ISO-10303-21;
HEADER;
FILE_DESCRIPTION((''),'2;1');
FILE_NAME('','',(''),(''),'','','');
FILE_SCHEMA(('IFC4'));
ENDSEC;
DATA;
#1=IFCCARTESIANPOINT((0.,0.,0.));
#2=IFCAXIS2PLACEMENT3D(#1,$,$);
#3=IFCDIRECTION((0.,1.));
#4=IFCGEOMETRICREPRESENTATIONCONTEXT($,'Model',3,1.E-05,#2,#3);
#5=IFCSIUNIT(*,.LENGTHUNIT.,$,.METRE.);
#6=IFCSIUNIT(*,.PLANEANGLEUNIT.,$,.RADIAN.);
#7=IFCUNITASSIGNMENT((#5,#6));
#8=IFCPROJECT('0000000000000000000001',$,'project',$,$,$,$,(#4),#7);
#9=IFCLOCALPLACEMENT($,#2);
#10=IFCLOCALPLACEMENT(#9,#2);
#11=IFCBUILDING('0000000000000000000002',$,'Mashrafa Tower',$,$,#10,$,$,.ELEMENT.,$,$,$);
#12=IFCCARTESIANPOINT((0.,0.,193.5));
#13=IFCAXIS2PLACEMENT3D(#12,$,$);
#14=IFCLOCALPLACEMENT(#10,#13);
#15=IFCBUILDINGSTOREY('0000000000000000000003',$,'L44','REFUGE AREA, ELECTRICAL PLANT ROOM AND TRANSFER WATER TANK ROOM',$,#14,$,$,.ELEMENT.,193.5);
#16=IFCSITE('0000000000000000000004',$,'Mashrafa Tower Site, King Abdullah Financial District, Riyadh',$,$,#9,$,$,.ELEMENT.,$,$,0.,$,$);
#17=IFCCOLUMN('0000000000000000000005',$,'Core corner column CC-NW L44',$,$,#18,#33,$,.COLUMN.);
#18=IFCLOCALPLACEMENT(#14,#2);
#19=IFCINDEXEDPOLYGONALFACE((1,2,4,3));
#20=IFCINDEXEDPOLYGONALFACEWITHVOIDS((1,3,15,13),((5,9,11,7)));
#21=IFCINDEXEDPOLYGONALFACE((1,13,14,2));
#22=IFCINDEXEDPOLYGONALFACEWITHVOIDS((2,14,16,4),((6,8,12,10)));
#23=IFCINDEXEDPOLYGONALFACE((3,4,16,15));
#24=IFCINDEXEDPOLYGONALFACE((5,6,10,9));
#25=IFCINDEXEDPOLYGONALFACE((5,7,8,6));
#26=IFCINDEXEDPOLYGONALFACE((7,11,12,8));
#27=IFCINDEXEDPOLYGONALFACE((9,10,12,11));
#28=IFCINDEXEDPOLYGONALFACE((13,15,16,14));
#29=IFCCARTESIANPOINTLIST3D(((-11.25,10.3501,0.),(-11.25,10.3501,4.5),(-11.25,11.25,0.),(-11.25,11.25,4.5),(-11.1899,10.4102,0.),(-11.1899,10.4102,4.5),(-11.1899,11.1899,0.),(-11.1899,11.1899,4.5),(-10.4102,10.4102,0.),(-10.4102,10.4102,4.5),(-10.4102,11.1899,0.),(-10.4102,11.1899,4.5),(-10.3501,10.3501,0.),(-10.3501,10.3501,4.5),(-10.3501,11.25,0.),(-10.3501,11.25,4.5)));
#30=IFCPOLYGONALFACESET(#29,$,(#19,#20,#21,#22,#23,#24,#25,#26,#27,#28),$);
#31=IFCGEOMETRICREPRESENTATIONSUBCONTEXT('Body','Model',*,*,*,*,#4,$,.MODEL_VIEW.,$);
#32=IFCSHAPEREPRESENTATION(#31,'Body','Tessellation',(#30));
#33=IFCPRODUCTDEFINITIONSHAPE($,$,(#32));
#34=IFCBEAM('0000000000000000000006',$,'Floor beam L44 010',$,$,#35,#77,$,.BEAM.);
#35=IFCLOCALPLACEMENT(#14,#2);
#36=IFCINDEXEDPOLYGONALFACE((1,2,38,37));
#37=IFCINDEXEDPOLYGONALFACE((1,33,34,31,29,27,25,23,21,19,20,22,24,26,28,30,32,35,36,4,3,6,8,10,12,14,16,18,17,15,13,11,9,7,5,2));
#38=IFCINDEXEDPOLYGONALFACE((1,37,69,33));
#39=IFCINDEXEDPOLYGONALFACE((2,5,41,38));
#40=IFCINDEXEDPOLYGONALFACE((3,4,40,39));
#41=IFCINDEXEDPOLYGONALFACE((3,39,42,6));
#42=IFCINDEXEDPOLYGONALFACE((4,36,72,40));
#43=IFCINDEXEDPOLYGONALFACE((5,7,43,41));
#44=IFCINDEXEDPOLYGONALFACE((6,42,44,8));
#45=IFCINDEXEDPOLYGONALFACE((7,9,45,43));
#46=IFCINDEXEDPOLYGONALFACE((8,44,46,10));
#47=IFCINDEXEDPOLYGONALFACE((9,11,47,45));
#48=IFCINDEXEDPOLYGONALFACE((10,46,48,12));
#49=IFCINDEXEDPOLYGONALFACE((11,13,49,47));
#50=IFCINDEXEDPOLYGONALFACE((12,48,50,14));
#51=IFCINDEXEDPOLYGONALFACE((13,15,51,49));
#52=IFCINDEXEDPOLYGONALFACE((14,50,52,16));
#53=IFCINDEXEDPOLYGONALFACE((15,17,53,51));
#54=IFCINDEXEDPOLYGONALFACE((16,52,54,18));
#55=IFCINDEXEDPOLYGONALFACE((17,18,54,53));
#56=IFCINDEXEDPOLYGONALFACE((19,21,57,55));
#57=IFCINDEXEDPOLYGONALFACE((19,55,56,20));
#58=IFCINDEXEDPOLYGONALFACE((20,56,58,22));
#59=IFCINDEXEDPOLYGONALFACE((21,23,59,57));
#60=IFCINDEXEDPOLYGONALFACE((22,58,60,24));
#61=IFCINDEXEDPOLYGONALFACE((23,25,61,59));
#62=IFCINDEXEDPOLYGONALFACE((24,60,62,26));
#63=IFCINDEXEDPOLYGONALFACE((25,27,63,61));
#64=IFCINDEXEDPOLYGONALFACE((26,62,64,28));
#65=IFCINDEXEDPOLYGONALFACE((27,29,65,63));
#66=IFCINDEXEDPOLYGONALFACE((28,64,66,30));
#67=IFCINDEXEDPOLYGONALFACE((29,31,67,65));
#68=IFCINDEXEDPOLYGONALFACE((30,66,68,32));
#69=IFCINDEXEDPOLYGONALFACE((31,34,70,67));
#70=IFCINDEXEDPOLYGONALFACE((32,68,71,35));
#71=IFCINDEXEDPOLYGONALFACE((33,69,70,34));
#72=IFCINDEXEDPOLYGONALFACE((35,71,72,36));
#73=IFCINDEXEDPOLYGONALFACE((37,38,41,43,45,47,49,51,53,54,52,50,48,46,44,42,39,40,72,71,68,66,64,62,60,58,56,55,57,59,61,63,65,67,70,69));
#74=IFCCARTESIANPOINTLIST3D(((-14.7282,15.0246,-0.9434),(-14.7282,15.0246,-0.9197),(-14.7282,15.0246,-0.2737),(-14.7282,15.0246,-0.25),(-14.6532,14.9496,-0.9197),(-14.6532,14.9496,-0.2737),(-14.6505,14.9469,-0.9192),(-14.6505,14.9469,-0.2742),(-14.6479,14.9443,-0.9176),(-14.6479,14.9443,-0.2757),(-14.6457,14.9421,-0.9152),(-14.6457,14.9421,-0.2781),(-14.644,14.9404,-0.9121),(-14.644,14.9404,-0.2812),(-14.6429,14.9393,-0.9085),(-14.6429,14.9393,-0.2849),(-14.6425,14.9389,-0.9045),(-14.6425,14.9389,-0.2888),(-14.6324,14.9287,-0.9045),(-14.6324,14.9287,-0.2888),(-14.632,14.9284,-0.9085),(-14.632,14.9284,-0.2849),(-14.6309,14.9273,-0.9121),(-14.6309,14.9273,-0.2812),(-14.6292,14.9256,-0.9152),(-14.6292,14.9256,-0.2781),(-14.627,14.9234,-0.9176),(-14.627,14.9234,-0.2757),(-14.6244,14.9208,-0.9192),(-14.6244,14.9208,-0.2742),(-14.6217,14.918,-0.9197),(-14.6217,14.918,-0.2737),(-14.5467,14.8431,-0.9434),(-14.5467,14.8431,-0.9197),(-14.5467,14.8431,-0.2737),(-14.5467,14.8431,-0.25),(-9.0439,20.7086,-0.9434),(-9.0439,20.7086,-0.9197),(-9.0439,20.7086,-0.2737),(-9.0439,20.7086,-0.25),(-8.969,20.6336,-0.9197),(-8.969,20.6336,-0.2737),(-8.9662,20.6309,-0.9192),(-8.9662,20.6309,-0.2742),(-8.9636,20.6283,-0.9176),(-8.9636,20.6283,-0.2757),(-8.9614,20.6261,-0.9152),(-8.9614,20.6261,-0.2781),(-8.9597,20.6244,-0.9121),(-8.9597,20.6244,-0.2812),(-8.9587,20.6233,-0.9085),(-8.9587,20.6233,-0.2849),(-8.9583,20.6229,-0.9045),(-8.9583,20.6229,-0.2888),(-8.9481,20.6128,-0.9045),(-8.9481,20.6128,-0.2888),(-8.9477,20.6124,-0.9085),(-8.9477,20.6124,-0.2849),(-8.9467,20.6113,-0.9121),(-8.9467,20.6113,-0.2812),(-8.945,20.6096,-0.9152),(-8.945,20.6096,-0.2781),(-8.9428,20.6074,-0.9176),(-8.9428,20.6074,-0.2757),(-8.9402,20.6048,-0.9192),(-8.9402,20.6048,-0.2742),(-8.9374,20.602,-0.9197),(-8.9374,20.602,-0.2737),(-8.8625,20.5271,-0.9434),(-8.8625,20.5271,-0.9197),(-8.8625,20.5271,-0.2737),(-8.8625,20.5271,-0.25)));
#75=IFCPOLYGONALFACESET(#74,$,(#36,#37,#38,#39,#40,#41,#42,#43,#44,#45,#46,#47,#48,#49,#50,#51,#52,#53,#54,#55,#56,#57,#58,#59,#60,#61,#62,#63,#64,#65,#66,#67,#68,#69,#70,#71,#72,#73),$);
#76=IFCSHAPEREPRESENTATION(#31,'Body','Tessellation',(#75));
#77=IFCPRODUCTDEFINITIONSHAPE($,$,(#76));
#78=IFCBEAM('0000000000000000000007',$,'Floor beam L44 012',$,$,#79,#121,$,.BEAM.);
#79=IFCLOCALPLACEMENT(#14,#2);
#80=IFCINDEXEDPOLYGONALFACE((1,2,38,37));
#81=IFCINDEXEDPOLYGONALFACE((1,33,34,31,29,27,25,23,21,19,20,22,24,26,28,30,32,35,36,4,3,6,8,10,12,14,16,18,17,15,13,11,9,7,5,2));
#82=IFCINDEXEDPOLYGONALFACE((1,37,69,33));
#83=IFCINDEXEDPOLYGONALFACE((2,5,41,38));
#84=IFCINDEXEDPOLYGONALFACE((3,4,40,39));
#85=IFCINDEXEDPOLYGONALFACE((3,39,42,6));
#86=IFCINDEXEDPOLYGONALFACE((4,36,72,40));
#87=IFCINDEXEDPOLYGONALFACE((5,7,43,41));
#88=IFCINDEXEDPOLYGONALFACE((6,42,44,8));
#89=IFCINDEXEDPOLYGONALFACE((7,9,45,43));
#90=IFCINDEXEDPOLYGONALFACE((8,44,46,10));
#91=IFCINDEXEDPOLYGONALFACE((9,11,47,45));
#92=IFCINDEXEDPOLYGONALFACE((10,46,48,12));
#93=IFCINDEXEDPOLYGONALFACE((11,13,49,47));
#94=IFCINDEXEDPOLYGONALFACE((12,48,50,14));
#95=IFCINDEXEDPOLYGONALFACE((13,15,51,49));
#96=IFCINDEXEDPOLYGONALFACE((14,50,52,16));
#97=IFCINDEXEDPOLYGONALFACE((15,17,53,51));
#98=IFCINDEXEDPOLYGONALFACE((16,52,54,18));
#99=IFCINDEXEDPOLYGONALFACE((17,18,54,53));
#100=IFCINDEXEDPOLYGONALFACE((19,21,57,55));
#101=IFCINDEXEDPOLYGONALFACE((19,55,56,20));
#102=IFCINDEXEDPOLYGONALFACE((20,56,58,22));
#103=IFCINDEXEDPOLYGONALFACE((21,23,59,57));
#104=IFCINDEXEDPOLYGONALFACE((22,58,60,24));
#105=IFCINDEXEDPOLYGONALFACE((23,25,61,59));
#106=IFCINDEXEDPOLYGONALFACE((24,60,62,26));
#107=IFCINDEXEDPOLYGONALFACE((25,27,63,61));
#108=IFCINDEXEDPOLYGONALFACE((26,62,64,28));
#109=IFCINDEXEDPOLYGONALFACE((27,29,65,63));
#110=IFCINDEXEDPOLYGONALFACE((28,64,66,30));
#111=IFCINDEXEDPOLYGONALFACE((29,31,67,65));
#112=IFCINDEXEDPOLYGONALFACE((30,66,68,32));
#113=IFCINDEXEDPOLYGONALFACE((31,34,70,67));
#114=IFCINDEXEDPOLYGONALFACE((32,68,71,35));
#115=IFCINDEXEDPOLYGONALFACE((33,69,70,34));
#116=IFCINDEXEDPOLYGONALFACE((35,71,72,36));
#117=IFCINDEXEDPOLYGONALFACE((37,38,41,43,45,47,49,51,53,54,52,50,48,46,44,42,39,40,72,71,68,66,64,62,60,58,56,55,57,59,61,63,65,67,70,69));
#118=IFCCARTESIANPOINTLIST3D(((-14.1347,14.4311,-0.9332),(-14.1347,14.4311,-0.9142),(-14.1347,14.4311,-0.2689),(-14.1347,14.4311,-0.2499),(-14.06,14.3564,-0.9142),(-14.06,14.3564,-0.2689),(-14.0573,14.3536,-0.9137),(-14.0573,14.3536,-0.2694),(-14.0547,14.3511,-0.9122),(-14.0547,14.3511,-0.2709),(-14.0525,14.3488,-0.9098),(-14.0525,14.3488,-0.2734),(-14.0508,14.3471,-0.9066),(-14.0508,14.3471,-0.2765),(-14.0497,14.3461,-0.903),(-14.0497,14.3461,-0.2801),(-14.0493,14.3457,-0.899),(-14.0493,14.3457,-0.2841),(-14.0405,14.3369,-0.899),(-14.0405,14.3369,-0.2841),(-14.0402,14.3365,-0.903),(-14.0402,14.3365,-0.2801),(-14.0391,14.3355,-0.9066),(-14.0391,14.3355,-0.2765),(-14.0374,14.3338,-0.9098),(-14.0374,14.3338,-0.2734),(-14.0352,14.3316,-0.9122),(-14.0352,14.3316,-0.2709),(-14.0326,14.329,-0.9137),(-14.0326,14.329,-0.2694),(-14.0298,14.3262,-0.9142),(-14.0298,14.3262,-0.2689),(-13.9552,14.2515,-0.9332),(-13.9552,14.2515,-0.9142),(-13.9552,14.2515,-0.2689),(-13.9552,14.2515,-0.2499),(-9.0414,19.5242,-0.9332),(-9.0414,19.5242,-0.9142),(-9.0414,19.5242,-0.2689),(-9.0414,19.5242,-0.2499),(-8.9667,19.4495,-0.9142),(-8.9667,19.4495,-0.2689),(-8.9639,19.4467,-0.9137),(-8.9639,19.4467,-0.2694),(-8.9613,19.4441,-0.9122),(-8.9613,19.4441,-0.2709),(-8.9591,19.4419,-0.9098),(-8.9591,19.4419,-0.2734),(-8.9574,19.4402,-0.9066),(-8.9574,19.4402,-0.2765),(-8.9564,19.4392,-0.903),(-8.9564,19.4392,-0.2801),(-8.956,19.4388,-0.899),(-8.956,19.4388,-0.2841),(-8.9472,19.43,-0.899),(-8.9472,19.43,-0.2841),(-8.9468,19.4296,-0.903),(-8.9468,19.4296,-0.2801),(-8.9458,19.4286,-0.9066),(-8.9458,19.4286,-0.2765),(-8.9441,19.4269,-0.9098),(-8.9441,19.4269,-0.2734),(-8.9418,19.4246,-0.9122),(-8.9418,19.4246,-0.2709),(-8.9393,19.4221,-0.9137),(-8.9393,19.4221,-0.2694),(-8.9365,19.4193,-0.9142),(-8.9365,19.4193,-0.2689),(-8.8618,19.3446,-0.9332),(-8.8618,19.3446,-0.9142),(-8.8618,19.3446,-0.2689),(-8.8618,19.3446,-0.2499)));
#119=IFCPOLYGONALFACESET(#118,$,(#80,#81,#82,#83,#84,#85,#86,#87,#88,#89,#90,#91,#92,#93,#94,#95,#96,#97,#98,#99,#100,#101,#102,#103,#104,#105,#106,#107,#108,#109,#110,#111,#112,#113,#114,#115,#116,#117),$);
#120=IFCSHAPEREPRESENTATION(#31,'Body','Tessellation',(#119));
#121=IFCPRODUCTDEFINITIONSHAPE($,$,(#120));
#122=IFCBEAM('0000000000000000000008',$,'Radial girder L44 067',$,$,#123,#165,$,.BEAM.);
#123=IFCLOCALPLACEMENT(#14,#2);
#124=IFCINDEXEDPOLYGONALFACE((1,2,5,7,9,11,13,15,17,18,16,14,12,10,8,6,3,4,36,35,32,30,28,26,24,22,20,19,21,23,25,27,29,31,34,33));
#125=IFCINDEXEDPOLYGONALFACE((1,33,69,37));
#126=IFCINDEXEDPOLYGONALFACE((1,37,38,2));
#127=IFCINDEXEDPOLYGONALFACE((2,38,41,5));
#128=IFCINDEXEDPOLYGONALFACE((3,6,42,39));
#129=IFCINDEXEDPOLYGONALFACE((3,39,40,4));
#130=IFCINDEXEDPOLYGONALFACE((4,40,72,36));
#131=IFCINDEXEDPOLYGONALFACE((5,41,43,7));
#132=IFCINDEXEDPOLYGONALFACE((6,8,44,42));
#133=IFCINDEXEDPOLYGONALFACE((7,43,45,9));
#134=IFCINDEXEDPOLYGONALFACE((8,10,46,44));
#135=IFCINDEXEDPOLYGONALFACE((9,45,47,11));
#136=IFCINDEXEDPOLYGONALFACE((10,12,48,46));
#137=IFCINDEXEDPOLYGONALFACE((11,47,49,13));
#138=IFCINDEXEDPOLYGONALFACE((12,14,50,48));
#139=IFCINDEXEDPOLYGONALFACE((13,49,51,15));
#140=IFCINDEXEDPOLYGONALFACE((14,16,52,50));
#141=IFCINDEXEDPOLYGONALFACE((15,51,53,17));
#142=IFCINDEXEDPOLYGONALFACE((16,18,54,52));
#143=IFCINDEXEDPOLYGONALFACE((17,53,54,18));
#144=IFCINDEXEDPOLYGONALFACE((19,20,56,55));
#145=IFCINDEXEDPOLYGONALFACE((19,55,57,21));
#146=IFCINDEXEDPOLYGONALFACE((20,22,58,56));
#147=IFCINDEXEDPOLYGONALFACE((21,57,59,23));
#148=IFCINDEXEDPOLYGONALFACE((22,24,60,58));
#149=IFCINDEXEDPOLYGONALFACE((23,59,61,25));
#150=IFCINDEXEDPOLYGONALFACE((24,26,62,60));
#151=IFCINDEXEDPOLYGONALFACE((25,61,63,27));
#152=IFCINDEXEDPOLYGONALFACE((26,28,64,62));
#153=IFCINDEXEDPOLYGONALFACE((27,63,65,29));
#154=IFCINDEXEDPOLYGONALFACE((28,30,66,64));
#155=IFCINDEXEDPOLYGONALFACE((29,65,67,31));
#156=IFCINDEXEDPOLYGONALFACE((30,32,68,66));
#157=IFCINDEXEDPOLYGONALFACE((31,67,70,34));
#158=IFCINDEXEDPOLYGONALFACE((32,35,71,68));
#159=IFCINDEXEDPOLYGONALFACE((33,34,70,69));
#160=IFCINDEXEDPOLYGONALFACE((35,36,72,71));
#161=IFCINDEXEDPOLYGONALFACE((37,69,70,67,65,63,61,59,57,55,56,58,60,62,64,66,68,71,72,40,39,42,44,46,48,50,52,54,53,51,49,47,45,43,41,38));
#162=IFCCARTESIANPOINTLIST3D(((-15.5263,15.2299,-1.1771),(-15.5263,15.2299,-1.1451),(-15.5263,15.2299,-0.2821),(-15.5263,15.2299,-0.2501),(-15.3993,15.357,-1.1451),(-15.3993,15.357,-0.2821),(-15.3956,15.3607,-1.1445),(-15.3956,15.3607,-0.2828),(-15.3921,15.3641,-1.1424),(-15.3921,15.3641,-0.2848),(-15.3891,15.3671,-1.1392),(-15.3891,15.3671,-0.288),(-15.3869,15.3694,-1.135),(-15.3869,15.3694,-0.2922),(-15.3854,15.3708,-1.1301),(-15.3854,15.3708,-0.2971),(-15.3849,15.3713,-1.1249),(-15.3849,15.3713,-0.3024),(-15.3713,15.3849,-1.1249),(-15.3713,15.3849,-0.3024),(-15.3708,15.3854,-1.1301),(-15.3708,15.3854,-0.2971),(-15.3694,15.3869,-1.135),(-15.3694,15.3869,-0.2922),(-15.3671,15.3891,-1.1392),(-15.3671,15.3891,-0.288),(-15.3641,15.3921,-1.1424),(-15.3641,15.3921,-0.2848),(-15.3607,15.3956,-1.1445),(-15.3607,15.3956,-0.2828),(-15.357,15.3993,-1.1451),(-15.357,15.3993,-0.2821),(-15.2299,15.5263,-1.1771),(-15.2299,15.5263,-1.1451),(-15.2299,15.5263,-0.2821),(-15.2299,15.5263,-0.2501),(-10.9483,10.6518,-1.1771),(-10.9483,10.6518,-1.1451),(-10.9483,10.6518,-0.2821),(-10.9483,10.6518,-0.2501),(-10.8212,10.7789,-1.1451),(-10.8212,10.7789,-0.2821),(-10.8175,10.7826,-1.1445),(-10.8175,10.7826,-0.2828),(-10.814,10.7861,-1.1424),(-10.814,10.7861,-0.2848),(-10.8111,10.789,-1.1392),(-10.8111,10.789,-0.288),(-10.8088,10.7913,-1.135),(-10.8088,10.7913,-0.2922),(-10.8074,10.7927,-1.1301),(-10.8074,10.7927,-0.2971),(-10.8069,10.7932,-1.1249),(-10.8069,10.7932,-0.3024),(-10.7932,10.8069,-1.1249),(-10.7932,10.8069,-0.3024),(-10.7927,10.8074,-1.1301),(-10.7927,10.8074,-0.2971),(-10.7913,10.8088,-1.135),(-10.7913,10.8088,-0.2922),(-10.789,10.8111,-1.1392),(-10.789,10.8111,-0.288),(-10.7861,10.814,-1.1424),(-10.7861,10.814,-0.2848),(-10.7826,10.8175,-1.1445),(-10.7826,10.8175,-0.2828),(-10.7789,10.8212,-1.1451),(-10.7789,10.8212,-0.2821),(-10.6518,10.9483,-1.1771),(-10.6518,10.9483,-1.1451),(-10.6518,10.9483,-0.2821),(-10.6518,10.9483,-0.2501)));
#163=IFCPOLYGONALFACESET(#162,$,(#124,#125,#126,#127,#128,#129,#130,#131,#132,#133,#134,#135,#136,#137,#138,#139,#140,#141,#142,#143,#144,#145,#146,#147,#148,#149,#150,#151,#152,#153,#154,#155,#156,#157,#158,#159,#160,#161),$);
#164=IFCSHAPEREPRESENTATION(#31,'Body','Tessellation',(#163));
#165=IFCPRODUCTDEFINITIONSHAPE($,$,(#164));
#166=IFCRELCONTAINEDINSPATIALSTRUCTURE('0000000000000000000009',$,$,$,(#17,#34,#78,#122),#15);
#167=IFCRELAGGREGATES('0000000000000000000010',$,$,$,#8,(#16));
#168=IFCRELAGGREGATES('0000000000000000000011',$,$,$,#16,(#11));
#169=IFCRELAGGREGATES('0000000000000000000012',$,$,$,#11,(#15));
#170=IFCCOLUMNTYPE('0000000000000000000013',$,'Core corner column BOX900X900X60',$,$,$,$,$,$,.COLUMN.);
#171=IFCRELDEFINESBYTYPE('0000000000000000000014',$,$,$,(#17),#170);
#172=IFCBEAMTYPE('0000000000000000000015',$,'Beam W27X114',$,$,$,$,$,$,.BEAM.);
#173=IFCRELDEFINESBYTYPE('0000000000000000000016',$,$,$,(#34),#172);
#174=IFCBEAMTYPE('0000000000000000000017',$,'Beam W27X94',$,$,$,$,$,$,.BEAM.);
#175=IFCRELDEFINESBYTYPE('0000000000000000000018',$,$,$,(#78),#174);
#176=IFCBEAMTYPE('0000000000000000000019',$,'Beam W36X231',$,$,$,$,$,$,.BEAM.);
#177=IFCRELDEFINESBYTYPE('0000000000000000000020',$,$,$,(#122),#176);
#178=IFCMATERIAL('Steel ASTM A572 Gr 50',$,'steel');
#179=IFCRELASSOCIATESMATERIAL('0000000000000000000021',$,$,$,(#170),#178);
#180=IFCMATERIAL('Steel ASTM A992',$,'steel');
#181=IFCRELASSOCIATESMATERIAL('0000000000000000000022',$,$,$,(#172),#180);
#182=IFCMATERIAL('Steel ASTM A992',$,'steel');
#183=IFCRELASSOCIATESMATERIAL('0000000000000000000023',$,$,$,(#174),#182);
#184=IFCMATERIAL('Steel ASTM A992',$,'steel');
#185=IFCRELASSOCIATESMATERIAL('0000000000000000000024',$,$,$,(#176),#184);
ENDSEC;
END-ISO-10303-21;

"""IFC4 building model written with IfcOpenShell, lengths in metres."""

from ifc_helpers import new_model, si_unit, direction, frame, origin, origin_2d, place, context, subcontext, project, spatial, hollow_rectangle, i_section, extrude, material, material_profile, profile_set, type_object, element, save


model = new_model("IFC4")

# Units and contexts
model_context = context("Model", 3, precision=1e-05, world=origin(), true_north=direction((0.0, 1.0)))
body_context = subcontext(model_context, "Body", "Model", "MODEL_VIEW")
ifc_project = project(units=[si_unit("LENGTHUNIT", "METRE"), si_unit("PLANEANGLEUNIT", "RADIAN")], contexts=[model_context])

# Site, building, storey
site_placement = place(None, origin())
site = spatial("IfcSite", under=ifc_project, at=site_placement, Name="Mashrafa Tower Site, King Abdullah Financial District, Riyadh", CompositionType="ELEMENT", RefElevation=0.0)
building_placement = place(site_placement, origin())
building = spatial("IfcBuilding", under=site, at=building_placement, Name="Mashrafa Tower", CompositionType="ELEMENT")
storey_placement = place(building_placement, frame((0.0, 0.0, 193.5)))
storey = spatial("IfcBuildingStorey", under=building, at=storey_placement, Name="L44", Description="REFUGE AREA, ELECTRICAL PLANT ROOM AND TRANSFER WATER TANK ROOM", CompositionType="ELEMENT", Elevation=193.5)

# Column
ifc_material_1 = material(Name="Steel ASTM A572 Gr 50", Category="steel")
ifc_material_profile_1 = material_profile(ifc_material_1, hollow_rectangle(XDim=0.8999, YDim=0.8999, WallThickness=0.0601, at=origin_2d()), Name="BOX900X900X60")
ifc_profile_set_1 = profile_set([ifc_material_profile_1], Name="Steel ASTM A572 Gr 50")
column_type = type_object("IfcColumnType", Name="Core corner column BOX900X900X60", PredefinedType="COLUMN", material=ifc_profile_set_1)
column_placement = place(storey_placement, frame((-10.8, 10.8, 0.0), z_axis=(0.0, 0.0, 1.0), x_axis=(1.0, 0.0, 0.0)))
element("IfcColumn", 1, at=column_placement, inside=storey, type_object=column_type, Name="Core corner column CC-NW L44", PredefinedType="COLUMN", context=body_context, shape_type="SweptSolid", body=[
    extrude(hollow_rectangle(XDim=0.8999, YDim=0.8999, WallThickness=0.0601, at=origin_2d()), origin(), (0.0, 0.0, 1.0), 4.5),
])

# Beams
ifc_material_2 = material(Name="Steel ASTM A992", Category="steel")
ifc_material_profile_2 = material_profile(ifc_material_2, i_section(OverallWidth=0.2566, OverallDepth=0.6934, WebThickness=0.0144, FlangeThickness=0.0237, FilletRadius=0.0151, at=origin_2d()), Name="W27X114")
ifc_profile_set_2 = profile_set([ifc_material_profile_2], Name="Steel ASTM A992")
beam_type_1 = type_object("IfcBeamType", Name="Beam W27X114", PredefinedType="BEAM", material=ifc_profile_set_2)
beam_1_placement = place(storey_placement, frame((-14.6375, 14.9338, -0.5967), z_axis=(0.707122, 0.707092, 0.0), x_axis=(-0.707092, 0.707122, 0.0)))
element("IfcBeam", 2, at=beam_1_placement, inside=storey, type_object=beam_type_1, Name="Floor beam L44 010", PredefinedType="BEAM", context=body_context, shape_type="SweptSolid", body=[
    extrude(i_section(OverallWidth=0.2566, OverallDepth=0.6934, WebThickness=0.0144, FlangeThickness=0.0237, FilletRadius=0.0151, at=origin_2d()), origin(), (0.0, 0.0, 1.0), 8.0386),
])
ifc_material_3 = material(Name="Steel ASTM A992", Category="steel")
ifc_material_profile_3 = material_profile(ifc_material_3, i_section(OverallWidth=0.2539, OverallDepth=0.6833, WebThickness=0.0125, FlangeThickness=0.019, FilletRadius=0.0151, at=origin_2d()), Name="W27X94")
ifc_profile_set_3 = profile_set([ifc_material_profile_3], Name="Steel ASTM A992")
beam_type_2 = type_object("IfcBeamType", Name="Beam W27X94", PredefinedType="BEAM", material=ifc_profile_set_3)
beam_2_placement = place(storey_placement, frame((-14.0449, 14.3413, -0.5916), z_axis=(0.707124, 0.70709, 0.0), x_axis=(-0.70709, 0.707124, 0.0)))
element("IfcBeam", 3, at=beam_2_placement, inside=storey, type_object=beam_type_2, Name="Floor beam L44 012", PredefinedType="BEAM", context=body_context, shape_type="SweptSolid", body=[
    extrude(i_section(OverallWidth=0.2539, OverallDepth=0.6833, WebThickness=0.0125, FlangeThickness=0.019, FilletRadius=0.0151, at=origin_2d()), origin(), (0.0, 0.0, 1.0), 7.2029),
])
ifc_material_4 = material(Name="Steel ASTM A992", Category="steel")
ifc_material_profile_4 = material_profile(ifc_material_4, i_section(OverallWidth=0.4192, OverallDepth=0.927, WebThickness=0.0193, FlangeThickness=0.032, FilletRadius=0.0203, at=origin_2d()), Name="W36X231")
ifc_profile_set_4 = profile_set([ifc_material_profile_4], Name="Steel ASTM A992")
beam_type_3 = type_object("IfcBeamType", Name="Beam W36X231", PredefinedType="BEAM", material=ifc_profile_set_4)
beam_3_placement = place(storey_placement, frame((-10.8, 10.8, -0.7136), z_axis=(-0.707107, 0.707107, 0.0), x_axis=(-0.707107, -0.707107, 0.0)))
element("IfcBeam", 4, at=beam_3_placement, inside=storey, type_object=beam_type_3, Name="Radial girder L44 067", PredefinedType="BEAM", context=body_context, shape_type="SweptSolid", body=[
    extrude(i_section(OverallWidth=0.4192, OverallDepth=0.927, WebThickness=0.0193, FlangeThickness=0.032, FilletRadius=0.0203, at=origin_2d()), origin(), (0.0, 0.0, 1.0), 6.4744),
])

save(model, "model.ifc")
